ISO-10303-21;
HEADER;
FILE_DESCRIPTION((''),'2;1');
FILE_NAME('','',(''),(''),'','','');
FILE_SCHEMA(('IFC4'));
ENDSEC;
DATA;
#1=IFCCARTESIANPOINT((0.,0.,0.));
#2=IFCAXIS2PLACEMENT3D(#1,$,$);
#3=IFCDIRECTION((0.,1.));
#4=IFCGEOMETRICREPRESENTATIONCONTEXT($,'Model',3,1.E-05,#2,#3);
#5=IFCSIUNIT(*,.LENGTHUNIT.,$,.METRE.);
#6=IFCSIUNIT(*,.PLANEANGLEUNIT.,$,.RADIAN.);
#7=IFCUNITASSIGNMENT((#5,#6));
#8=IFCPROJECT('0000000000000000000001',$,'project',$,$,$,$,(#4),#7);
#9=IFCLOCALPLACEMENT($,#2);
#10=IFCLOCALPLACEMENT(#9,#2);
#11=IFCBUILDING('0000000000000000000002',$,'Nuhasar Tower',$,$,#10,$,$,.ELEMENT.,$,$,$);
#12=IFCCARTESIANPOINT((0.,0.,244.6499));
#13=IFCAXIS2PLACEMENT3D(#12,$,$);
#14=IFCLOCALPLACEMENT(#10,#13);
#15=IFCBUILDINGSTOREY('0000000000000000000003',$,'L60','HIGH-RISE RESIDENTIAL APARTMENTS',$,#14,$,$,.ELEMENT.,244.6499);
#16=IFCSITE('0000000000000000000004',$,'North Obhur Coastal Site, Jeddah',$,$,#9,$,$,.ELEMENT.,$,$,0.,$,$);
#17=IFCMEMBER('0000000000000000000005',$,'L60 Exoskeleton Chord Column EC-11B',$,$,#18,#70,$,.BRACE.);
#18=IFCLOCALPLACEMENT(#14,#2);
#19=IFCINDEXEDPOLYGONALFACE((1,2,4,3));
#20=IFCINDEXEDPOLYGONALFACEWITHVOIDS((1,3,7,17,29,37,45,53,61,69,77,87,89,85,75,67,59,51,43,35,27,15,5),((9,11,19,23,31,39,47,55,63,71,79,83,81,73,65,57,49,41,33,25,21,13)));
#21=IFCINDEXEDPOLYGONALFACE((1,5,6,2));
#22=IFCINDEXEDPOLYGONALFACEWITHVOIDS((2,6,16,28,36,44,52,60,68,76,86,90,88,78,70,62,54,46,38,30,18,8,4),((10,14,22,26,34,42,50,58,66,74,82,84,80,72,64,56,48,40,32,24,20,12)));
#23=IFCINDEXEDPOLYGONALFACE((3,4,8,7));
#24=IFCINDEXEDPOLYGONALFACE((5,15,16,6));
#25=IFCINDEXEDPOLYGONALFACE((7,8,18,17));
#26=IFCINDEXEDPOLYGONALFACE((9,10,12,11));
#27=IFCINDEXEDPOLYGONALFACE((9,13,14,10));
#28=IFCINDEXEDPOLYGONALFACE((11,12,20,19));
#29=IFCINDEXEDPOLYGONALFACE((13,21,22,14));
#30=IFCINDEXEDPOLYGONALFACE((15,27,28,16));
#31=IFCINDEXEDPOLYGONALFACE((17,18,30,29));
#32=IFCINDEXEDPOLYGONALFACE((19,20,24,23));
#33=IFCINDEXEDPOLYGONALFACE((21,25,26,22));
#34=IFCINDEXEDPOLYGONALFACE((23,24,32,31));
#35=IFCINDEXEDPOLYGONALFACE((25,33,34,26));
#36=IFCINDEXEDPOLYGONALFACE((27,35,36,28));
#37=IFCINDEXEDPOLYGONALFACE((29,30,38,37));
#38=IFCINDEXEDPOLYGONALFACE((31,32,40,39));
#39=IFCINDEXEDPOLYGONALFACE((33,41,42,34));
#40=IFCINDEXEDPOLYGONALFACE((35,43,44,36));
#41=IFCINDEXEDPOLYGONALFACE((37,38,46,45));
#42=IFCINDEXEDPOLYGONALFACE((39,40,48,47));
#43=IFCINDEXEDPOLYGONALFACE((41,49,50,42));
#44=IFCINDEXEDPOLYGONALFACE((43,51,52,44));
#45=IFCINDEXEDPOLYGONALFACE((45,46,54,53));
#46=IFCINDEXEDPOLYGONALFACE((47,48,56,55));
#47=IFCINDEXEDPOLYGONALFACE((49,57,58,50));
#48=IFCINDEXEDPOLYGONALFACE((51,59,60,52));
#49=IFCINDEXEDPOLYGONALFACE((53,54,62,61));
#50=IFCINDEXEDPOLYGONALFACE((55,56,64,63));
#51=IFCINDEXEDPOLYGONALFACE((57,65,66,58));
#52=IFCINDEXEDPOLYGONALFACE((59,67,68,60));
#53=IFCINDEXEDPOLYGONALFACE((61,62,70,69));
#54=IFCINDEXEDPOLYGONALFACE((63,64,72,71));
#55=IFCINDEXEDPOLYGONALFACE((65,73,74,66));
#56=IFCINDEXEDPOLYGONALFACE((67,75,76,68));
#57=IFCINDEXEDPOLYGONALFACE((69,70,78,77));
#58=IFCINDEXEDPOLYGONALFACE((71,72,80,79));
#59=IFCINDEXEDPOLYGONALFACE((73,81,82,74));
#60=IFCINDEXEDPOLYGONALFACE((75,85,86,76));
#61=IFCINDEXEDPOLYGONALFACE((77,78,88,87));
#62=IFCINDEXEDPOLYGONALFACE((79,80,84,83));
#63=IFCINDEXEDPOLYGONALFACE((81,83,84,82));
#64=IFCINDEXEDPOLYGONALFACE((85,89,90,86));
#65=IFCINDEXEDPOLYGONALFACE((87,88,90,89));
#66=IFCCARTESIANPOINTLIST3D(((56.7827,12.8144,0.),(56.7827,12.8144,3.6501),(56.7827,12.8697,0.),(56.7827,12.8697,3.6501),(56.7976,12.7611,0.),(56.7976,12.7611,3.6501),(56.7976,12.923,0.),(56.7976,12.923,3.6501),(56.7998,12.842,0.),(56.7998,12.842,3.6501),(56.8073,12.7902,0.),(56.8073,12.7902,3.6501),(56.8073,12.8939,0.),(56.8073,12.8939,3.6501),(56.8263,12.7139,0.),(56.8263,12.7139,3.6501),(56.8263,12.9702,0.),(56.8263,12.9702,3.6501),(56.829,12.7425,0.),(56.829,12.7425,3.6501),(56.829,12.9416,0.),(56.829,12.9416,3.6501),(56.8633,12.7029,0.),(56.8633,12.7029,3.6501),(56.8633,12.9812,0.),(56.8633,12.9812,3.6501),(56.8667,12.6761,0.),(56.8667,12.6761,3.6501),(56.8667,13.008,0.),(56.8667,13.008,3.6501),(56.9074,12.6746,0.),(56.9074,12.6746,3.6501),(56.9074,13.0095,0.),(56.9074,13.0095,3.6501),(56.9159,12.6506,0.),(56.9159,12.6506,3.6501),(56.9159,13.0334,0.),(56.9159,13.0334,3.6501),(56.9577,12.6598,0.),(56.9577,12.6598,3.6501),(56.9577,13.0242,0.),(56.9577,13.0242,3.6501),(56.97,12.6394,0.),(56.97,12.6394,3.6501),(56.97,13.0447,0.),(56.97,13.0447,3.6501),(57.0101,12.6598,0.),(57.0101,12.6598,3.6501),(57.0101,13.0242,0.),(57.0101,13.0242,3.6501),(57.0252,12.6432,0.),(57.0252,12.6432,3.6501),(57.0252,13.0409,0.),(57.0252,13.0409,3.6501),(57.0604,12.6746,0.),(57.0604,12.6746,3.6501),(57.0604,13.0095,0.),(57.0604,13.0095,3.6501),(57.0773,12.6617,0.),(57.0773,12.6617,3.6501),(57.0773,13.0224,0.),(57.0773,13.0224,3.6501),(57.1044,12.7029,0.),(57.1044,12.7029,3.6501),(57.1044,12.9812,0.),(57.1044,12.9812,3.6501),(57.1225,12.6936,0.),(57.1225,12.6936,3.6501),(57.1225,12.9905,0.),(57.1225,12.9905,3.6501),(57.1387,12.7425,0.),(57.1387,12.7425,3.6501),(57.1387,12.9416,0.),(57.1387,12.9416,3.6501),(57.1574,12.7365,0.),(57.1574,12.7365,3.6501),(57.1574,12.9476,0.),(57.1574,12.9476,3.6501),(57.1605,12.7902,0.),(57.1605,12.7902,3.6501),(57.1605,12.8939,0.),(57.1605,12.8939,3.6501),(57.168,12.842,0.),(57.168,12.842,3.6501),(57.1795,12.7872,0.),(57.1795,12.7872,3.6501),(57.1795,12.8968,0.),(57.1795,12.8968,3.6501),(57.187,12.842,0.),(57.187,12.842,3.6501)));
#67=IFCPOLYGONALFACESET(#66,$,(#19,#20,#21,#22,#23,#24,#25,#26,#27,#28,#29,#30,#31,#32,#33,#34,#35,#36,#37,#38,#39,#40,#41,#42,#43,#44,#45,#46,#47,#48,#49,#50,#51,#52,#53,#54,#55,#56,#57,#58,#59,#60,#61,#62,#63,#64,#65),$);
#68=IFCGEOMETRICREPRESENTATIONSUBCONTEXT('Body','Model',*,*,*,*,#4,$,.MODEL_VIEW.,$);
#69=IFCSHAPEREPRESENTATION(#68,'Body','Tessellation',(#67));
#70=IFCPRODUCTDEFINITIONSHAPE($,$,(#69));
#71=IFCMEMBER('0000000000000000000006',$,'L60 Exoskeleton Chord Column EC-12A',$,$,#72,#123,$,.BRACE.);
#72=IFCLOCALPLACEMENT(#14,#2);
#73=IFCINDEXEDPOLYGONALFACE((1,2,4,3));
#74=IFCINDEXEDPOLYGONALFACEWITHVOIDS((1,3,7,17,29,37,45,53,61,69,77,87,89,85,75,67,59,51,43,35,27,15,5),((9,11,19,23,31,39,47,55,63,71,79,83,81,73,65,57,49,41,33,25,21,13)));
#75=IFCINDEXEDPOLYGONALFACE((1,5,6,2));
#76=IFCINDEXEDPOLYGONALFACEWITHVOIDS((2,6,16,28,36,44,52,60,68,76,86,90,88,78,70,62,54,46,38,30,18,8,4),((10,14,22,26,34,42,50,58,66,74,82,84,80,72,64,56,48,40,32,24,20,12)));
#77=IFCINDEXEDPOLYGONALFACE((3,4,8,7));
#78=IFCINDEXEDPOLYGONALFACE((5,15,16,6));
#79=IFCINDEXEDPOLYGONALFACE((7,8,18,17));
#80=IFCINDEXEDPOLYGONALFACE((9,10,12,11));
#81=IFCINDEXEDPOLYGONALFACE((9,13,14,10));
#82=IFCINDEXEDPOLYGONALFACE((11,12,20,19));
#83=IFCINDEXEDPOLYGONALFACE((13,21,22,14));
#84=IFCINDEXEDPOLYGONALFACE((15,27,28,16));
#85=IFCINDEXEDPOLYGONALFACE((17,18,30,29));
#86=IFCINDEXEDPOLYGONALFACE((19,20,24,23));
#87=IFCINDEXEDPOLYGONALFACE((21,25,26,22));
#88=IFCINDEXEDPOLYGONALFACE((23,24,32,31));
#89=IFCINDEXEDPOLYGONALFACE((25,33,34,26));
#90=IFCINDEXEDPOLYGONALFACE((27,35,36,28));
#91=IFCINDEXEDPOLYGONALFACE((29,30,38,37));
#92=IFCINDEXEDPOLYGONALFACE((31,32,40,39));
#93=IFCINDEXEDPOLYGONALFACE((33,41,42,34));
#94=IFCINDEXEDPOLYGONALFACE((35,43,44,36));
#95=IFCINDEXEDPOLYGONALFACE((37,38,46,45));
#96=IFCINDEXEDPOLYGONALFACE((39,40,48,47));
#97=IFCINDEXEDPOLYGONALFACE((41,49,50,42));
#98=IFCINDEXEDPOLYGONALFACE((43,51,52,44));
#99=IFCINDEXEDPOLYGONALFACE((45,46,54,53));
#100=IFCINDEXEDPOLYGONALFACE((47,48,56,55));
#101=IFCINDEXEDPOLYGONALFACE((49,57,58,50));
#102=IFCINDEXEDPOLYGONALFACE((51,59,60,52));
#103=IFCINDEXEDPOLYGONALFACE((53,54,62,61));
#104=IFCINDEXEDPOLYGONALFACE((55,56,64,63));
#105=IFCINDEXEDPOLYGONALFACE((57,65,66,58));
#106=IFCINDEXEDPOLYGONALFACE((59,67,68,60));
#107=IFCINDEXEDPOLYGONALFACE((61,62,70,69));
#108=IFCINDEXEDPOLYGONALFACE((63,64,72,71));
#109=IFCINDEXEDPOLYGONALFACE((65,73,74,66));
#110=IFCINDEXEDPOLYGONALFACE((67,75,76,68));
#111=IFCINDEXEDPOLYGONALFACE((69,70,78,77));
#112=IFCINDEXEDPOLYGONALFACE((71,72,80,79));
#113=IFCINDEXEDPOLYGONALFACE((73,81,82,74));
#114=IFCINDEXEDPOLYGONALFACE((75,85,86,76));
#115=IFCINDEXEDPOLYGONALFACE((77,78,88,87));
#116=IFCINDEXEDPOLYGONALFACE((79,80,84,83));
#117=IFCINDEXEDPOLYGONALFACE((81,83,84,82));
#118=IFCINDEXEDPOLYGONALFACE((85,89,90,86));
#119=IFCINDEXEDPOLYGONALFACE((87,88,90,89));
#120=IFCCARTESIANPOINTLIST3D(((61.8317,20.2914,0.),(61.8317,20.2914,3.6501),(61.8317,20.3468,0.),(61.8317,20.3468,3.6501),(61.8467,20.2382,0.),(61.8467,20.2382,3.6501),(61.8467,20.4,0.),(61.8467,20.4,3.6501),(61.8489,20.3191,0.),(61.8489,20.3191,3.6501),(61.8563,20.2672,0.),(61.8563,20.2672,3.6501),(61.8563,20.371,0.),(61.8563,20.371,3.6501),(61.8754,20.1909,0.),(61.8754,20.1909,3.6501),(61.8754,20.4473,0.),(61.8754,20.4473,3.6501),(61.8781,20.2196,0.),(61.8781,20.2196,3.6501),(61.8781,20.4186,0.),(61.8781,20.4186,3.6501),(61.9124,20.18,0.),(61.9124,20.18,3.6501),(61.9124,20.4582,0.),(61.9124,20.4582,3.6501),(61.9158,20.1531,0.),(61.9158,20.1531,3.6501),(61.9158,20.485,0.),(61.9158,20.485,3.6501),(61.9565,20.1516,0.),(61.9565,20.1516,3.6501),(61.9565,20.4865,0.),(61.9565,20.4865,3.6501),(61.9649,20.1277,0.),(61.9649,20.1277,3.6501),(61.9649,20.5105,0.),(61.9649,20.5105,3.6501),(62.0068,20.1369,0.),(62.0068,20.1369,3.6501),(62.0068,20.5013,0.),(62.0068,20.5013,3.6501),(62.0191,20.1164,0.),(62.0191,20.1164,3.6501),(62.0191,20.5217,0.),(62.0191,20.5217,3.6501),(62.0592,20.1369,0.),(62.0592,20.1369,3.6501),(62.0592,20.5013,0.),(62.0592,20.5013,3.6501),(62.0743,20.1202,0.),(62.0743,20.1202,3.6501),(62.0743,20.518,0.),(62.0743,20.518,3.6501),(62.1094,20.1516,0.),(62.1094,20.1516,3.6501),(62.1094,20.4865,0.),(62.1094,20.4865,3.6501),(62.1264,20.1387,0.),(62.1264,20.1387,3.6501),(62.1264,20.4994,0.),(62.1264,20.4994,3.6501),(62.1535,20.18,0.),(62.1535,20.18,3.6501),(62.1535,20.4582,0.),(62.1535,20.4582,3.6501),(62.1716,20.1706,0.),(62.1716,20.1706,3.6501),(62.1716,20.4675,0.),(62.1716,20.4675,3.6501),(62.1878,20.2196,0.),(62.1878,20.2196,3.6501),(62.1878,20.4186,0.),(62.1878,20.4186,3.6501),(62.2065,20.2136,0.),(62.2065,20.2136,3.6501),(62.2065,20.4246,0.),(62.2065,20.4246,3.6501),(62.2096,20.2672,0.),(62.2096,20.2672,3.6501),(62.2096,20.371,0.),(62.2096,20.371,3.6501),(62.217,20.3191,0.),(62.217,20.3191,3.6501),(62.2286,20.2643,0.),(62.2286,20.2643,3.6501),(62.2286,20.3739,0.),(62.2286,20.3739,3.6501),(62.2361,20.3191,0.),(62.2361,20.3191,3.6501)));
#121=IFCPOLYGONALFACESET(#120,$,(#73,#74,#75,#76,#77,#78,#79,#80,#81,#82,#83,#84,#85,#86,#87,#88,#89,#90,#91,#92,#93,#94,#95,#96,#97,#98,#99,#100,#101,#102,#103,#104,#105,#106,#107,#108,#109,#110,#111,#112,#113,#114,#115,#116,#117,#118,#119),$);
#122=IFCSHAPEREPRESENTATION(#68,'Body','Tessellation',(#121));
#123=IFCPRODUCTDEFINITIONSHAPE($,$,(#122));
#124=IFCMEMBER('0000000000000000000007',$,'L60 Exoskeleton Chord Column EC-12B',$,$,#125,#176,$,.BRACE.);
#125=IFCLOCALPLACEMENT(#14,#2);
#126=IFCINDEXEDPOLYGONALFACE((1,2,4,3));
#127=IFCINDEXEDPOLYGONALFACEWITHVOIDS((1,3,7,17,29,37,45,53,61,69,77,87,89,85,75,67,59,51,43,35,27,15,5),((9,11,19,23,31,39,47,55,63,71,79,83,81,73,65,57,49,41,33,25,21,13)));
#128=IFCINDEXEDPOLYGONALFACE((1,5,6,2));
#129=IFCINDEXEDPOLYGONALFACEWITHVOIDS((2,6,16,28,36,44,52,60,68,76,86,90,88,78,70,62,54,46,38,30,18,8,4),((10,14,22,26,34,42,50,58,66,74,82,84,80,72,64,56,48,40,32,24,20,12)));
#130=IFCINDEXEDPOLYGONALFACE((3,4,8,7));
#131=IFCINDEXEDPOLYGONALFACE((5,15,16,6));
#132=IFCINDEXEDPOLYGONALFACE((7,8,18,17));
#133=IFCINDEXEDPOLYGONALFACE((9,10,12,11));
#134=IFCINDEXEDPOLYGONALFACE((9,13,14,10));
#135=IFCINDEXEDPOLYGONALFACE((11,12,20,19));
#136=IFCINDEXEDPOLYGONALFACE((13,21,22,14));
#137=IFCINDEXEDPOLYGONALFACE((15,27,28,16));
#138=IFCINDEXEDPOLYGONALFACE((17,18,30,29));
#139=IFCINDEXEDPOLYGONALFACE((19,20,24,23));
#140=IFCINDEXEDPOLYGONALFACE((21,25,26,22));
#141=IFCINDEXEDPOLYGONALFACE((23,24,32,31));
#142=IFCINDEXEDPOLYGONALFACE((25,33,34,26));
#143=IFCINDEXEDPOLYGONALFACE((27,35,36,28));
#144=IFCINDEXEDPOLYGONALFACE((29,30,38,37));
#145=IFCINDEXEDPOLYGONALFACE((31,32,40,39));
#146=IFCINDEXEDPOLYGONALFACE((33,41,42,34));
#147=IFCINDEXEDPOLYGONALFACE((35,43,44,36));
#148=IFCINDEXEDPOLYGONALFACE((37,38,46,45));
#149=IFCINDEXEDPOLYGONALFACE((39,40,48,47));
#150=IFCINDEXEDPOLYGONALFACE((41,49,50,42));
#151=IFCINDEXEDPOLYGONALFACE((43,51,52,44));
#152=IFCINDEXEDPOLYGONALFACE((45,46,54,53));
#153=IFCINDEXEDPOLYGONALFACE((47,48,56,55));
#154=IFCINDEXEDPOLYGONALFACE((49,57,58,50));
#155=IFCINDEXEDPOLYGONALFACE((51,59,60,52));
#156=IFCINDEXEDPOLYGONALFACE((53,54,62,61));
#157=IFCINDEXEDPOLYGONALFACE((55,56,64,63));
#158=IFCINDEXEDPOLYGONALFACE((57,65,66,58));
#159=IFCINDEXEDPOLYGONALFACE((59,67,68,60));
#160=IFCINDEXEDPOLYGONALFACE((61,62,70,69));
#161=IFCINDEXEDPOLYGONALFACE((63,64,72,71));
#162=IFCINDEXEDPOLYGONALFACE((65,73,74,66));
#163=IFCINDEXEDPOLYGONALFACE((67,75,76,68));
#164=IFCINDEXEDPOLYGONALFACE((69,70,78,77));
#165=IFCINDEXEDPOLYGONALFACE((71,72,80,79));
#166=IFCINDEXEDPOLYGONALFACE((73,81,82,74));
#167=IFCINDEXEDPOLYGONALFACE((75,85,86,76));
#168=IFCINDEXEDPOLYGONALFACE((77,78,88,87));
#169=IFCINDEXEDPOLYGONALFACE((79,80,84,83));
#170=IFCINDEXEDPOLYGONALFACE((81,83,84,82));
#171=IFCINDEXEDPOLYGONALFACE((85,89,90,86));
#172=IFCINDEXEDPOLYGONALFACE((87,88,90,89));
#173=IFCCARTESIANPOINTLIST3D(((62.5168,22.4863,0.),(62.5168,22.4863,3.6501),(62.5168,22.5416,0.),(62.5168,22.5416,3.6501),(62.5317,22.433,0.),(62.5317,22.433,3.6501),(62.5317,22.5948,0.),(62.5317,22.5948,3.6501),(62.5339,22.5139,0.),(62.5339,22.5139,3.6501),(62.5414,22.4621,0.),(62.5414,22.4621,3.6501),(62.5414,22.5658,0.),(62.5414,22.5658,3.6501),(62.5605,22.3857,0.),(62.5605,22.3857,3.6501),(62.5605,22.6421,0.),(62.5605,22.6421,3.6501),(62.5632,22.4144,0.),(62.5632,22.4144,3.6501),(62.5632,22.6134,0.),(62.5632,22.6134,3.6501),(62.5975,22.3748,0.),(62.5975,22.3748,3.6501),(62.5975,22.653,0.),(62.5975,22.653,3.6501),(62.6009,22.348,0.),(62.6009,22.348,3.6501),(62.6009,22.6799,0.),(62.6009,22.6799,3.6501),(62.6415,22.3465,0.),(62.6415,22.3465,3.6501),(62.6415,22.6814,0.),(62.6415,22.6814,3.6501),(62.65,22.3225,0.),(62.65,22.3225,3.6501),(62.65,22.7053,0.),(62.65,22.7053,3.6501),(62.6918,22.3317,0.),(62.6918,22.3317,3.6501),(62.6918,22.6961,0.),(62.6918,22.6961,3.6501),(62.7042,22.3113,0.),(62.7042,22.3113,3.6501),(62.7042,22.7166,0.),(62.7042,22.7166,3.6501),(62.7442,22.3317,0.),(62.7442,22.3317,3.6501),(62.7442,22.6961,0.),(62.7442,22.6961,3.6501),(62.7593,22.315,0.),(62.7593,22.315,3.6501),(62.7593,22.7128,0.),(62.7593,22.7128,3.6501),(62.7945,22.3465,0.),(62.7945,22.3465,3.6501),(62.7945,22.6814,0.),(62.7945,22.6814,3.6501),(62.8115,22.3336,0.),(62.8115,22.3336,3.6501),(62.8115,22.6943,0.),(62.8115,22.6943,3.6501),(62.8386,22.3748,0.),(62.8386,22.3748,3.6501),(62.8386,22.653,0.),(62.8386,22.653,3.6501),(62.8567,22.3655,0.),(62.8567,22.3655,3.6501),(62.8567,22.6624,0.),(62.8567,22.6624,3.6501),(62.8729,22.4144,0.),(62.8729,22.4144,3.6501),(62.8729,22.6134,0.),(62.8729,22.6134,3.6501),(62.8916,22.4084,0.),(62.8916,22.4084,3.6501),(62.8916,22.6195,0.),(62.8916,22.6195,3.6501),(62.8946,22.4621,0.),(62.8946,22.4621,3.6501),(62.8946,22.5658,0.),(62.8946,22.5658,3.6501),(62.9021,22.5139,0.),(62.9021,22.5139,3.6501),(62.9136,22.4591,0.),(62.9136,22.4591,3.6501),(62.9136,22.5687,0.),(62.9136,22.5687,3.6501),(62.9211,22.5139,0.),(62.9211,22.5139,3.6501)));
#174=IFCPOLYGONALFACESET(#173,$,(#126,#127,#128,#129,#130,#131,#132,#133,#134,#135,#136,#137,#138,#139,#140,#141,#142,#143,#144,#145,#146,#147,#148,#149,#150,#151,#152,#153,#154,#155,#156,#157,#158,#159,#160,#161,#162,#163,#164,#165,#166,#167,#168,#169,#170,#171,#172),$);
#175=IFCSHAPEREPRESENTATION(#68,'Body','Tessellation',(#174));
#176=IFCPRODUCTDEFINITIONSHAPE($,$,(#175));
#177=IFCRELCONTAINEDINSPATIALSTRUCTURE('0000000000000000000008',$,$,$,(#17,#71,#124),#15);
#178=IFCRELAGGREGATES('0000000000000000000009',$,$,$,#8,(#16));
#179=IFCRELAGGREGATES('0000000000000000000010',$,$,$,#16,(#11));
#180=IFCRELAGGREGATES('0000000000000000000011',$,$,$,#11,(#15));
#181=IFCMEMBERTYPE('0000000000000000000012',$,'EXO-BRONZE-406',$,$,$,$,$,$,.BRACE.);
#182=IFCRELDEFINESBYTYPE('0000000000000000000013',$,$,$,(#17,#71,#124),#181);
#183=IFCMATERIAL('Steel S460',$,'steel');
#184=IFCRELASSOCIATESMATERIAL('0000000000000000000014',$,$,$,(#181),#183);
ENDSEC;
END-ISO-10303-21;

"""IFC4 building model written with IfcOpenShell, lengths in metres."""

from ifc_helpers import new_model, si_unit, direction, frame, origin, origin_2d, place, context, subcontext, project, spatial, hollow_circle, extrude, material, material_profile, profile_set, type_object, element, save


model = new_model("IFC4")

# Units and contexts
model_context = context("Model", 3, precision=1e-05, world=origin(), true_north=direction((0.0, 1.0)))
body_context = subcontext(model_context, "Body", "Model", "MODEL_VIEW")
ifc_project = project(units=[si_unit("LENGTHUNIT", "METRE"), si_unit("PLANEANGLEUNIT", "RADIAN")], contexts=[model_context])

# Site, building, storey
site_placement = place(None, origin())
site = spatial("IfcSite", under=ifc_project, at=site_placement, Name="North Obhur Coastal Site, Jeddah", CompositionType="ELEMENT", RefElevation=0.0)
building_placement = place(site_placement, origin())
building = spatial("IfcBuilding", under=site, at=building_placement, Name="Nuhasar Tower", CompositionType="ELEMENT")
storey_placement = place(building_placement, frame((0.0, 0.0, 244.6499)))
storey = spatial("IfcBuildingStorey", under=building, at=storey_placement, Name="L60", Description="HIGH-RISE RESIDENTIAL APARTMENTS", CompositionType="ELEMENT", Elevation=244.6499)

# Members
ifc_material_1 = material(Name="Steel S460", Category="steel")
ifc_material_profile_1 = material_profile(ifc_material_1, hollow_circle(Radius=0.2031, WallThickness=0.019, at=origin_2d()), Name="HSS406.4X19.1")
ifc_profile_set_1 = profile_set([ifc_material_profile_1], Name="Steel S460")
member_type_1 = type_object("IfcMemberType", Name="EXO-BRONZE-406", PredefinedType="BRACE", material=ifc_profile_set_1)
for number, where, z_axis, x_axis, name in (
    (1, (56.9839, 12.842, 0.0), (0.0, 0.0, 1.0), (1.0, 0.0, 0.0), "L60 Exoskeleton Chord Column EC-11B"),
    (2, (62.033, 20.3191, 0.0), (0.0, 0.0, 1.0), (1.0, 0.0, 0.0), "L60 Exoskeleton Chord Column EC-12A"),
    (3, (62.718, 22.5139, 0.0), (0.0, 0.0, 1.0), (1.0, 0.0, 0.0), "L60 Exoskeleton Chord Column EC-12B"),
):
    element("IfcMember", number, at=place(storey_placement, frame(where, z_axis=z_axis, x_axis=x_axis)), inside=storey, type_object=member_type_1, Name=name, PredefinedType="BRACE", context=body_context, shape_type="SweptSolid", body=[
        extrude(hollow_circle(Radius=0.2031, WallThickness=0.019, at=origin_2d()), origin(), (0.0, 0.0, 1.0), 3.6501),
    ])

save(model, "model.ifc")
